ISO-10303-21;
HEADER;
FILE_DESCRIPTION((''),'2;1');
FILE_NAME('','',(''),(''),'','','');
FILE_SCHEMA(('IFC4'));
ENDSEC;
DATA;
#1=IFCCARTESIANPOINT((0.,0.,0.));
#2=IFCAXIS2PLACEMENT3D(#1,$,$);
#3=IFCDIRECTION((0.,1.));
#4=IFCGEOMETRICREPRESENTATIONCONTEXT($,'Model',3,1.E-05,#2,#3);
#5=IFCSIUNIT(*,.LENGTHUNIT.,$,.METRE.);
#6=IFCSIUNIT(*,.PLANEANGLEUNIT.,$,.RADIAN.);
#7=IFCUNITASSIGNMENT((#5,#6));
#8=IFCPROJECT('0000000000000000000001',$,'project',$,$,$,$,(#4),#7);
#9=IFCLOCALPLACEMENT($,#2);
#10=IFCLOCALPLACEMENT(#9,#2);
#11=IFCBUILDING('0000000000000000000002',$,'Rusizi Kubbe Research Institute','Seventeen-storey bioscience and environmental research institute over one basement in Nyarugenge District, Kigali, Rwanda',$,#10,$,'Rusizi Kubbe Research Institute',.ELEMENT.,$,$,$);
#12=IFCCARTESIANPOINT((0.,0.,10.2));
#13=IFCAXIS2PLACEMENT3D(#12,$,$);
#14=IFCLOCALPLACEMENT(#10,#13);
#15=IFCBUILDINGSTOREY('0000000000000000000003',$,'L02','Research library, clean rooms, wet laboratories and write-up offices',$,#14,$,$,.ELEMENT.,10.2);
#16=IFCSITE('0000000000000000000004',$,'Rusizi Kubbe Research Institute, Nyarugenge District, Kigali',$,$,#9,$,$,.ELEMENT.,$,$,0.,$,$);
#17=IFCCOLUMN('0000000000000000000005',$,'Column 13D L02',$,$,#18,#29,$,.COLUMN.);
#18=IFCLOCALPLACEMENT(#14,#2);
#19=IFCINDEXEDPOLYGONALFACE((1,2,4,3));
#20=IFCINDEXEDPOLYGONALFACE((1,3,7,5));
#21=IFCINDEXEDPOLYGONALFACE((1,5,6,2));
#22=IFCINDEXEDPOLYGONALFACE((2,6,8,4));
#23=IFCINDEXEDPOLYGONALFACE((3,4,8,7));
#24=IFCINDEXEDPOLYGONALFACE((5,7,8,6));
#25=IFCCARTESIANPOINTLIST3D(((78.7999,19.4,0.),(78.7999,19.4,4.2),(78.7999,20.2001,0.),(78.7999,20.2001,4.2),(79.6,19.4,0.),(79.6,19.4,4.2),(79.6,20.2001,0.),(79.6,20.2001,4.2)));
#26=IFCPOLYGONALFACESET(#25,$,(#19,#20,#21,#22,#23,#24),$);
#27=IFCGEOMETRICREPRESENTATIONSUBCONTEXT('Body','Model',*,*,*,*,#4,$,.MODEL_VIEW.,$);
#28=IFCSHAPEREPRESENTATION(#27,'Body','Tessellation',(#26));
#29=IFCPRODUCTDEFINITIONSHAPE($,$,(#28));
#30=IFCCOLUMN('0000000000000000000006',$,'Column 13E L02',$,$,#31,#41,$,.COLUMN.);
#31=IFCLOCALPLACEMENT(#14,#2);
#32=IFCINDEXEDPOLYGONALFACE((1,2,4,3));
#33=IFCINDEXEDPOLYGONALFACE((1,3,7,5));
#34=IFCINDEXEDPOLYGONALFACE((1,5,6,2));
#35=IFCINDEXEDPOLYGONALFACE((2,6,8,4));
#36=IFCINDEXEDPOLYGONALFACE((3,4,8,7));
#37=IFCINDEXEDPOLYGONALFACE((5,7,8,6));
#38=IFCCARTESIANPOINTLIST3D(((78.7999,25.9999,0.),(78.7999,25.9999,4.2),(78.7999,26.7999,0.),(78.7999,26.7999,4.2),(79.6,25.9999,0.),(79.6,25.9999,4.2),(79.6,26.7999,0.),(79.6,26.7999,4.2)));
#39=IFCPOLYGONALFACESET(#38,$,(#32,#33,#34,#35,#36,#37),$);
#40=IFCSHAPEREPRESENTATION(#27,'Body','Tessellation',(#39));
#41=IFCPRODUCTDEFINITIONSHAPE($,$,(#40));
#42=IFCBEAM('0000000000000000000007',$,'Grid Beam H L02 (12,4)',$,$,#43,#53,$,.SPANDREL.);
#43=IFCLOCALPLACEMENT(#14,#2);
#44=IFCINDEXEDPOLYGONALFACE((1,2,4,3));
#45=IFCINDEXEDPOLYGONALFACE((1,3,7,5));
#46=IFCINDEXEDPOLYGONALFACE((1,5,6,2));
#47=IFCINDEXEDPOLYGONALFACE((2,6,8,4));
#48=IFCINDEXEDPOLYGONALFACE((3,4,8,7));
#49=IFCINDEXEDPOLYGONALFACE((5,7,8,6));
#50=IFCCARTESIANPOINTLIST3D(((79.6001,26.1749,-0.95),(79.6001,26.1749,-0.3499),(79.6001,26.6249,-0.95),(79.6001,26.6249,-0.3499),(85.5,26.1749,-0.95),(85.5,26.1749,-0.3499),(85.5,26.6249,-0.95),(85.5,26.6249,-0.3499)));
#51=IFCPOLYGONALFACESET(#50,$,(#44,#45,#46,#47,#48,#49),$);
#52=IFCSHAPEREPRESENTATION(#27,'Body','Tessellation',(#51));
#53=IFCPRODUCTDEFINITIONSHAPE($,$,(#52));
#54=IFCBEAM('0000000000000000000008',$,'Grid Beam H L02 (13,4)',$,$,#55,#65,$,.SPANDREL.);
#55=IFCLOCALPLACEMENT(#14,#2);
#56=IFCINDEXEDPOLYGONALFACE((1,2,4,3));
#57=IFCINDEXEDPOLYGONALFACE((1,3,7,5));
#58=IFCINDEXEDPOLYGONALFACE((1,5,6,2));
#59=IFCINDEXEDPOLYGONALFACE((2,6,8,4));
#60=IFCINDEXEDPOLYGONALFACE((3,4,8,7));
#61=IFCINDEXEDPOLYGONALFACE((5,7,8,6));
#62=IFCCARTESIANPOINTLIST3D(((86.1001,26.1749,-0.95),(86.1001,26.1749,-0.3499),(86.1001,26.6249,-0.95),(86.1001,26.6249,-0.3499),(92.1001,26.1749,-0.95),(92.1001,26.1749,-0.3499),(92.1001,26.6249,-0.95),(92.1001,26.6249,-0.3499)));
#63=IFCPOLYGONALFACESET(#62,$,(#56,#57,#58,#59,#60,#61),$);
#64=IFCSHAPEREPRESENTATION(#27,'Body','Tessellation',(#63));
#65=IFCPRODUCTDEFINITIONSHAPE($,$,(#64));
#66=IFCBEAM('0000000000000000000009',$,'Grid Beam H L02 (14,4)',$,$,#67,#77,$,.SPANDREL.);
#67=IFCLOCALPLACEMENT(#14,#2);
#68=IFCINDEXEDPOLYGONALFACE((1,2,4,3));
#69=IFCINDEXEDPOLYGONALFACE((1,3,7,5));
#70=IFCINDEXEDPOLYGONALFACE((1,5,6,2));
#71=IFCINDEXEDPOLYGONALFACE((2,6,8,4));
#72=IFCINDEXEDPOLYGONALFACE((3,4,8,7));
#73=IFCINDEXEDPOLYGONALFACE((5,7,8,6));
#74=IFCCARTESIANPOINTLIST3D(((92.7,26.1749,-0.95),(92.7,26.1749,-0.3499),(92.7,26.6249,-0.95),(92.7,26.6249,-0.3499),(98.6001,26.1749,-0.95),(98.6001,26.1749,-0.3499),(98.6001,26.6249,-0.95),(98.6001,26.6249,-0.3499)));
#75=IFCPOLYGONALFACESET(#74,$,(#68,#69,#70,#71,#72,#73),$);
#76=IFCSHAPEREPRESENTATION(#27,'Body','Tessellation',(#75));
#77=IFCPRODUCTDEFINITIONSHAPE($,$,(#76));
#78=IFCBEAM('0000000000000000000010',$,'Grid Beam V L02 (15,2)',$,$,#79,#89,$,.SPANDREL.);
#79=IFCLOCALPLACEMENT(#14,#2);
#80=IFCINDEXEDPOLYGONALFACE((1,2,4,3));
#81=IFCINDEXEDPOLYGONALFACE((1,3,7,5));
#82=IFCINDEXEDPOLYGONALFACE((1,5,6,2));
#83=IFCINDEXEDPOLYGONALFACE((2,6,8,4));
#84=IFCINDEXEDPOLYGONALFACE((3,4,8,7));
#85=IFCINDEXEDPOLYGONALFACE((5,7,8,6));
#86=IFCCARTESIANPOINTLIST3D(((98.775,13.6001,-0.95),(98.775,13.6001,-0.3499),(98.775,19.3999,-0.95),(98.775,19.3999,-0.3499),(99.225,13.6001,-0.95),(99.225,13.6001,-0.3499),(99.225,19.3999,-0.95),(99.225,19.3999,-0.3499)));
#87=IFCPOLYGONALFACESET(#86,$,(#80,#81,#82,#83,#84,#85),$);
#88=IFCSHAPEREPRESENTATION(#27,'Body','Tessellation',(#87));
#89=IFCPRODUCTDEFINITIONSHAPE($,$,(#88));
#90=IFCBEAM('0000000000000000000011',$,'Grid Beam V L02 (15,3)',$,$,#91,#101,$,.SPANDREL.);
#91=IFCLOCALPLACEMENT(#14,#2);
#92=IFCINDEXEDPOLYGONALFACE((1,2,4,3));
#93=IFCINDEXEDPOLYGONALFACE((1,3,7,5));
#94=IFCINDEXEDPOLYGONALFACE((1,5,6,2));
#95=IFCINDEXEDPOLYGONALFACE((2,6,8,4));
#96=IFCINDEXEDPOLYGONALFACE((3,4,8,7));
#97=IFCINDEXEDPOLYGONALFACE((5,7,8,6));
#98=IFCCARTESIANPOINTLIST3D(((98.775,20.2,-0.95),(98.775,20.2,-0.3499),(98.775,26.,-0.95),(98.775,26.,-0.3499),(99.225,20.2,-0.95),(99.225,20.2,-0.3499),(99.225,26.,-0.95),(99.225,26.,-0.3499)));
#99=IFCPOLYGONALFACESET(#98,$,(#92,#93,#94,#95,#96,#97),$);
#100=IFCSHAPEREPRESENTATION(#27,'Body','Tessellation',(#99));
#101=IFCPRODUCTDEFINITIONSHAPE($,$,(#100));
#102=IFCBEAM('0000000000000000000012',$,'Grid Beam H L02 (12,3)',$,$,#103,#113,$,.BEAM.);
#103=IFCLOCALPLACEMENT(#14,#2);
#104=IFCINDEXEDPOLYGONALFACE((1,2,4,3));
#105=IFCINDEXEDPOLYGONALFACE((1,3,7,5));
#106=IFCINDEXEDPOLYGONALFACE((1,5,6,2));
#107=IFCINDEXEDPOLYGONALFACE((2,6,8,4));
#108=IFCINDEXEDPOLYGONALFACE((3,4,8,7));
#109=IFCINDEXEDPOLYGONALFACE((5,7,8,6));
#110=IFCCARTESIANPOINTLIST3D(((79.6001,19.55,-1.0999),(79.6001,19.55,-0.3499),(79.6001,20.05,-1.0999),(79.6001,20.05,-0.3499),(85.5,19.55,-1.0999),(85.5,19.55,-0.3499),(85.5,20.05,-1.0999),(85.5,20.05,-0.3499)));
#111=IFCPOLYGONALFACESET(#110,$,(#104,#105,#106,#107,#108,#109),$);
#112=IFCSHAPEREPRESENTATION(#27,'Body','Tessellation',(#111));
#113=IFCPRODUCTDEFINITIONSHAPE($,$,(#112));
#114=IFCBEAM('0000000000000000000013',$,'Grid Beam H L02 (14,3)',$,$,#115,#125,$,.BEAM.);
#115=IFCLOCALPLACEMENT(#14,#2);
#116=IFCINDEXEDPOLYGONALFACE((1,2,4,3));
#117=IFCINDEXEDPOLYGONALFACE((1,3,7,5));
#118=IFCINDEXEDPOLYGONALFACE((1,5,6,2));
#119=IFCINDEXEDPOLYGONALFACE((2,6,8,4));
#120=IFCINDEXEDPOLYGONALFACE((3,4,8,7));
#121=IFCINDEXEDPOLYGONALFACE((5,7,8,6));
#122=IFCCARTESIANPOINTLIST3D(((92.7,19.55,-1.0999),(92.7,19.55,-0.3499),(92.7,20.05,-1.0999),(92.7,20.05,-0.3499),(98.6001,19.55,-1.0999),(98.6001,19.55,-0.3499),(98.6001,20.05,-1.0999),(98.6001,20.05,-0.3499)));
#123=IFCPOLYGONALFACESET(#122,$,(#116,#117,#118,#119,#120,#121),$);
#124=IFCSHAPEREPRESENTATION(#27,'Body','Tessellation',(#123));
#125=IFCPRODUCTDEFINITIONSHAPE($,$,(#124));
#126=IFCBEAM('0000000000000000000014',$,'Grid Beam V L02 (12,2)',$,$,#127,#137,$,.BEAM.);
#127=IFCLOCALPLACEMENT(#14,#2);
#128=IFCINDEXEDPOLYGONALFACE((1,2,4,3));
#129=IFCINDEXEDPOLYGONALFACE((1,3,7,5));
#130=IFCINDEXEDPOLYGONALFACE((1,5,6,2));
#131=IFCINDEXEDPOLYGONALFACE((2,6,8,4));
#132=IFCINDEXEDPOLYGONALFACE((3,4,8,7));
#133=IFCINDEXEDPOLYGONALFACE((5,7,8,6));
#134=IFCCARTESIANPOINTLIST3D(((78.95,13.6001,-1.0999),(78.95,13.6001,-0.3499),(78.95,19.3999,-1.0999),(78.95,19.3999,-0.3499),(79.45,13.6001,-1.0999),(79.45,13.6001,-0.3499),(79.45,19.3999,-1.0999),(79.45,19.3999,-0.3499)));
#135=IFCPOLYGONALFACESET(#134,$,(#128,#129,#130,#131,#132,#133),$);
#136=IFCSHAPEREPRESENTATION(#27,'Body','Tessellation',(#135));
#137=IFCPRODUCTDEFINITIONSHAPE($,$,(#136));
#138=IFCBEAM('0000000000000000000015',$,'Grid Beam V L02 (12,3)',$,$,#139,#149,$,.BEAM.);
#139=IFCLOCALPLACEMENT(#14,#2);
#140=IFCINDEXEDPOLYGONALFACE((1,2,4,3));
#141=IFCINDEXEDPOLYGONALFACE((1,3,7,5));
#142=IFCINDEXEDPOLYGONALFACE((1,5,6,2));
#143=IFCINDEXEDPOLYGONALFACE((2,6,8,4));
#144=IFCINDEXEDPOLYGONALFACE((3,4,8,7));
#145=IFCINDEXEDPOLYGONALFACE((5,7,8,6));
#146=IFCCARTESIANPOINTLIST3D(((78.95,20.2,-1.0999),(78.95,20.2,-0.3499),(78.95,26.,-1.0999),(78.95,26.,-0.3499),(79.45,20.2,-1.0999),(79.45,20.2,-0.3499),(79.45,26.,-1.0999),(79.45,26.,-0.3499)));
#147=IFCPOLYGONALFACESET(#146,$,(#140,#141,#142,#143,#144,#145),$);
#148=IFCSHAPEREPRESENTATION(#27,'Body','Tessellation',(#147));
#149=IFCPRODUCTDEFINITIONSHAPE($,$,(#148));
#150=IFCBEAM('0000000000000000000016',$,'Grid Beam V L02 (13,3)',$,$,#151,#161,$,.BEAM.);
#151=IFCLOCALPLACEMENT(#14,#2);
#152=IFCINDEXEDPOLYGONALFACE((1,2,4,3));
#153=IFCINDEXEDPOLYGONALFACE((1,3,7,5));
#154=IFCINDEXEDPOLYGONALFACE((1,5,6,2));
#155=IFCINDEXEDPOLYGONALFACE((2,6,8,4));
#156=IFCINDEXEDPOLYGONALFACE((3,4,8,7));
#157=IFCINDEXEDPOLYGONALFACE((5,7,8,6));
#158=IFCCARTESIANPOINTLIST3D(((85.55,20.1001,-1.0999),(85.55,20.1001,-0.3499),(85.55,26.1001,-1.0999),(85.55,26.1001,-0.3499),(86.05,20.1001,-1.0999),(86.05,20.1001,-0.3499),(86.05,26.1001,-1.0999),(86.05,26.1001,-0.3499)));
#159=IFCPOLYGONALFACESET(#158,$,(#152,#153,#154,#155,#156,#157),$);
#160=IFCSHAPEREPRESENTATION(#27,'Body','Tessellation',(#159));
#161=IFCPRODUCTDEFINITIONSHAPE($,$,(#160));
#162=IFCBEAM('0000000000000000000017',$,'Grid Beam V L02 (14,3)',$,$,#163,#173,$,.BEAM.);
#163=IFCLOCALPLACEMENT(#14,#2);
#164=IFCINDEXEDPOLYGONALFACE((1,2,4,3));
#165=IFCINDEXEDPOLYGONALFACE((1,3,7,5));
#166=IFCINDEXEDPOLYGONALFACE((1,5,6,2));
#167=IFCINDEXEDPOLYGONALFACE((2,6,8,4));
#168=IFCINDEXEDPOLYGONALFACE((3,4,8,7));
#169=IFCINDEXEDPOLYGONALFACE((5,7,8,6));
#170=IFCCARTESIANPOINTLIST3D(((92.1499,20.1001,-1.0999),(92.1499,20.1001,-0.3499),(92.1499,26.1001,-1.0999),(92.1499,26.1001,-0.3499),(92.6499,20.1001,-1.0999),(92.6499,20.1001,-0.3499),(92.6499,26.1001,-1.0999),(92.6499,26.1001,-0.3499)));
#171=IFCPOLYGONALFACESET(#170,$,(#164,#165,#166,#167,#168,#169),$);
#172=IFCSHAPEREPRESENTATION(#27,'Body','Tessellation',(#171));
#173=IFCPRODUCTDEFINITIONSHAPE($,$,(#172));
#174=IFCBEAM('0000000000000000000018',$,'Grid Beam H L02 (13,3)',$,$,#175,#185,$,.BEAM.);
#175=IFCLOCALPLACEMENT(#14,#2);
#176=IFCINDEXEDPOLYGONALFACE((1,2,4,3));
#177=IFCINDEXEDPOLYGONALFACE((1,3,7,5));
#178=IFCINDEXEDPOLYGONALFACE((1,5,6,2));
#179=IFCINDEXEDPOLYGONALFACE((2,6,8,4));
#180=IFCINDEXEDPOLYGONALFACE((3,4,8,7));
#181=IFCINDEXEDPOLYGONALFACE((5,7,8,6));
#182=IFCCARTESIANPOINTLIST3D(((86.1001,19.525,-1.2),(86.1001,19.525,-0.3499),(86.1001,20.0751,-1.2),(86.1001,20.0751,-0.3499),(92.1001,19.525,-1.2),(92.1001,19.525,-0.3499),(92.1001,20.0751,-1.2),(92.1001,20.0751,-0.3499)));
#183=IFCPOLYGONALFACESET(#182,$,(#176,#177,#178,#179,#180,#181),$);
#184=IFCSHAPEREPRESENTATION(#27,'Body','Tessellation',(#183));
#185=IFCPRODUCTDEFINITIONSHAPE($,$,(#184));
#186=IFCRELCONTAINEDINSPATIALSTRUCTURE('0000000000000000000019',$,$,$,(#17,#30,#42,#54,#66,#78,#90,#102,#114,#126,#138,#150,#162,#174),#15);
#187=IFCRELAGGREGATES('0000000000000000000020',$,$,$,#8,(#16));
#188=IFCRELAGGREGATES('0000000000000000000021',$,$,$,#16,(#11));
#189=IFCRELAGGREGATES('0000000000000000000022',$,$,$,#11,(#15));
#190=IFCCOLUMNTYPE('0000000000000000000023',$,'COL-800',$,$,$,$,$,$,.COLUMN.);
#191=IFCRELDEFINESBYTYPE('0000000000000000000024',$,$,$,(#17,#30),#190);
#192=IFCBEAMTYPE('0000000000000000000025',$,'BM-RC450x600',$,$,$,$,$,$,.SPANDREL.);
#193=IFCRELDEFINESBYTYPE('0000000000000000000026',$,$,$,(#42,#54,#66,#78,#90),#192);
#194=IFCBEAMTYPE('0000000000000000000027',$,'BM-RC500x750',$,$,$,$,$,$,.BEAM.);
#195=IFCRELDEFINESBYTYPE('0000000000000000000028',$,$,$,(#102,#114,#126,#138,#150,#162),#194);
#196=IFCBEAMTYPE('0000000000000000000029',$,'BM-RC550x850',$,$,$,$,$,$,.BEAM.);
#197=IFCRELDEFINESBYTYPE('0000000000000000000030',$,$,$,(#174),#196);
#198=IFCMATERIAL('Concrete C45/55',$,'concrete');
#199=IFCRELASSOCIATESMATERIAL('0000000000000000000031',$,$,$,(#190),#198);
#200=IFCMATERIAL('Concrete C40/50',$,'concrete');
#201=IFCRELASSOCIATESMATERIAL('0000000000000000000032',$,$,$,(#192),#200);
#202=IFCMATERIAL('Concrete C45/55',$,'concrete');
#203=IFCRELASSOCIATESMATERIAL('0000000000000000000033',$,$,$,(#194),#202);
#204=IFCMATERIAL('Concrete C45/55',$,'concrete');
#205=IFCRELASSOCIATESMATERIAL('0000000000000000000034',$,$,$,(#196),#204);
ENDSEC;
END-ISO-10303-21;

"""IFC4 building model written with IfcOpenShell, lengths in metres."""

from ifc_helpers import new_model, si_unit, direction, frame, origin, origin_2d, place, context, subcontext, project, spatial, rectangle, extrude, material, material_profile, profile_set, type_object, element, save


model = new_model("IFC4")

# Units and contexts
model_context = context("Model", 3, precision=1e-05, world=origin(), true_north=direction((0.0, 1.0)))
body_context = subcontext(model_context, "Body", "Model", "MODEL_VIEW")
ifc_project = project(units=[si_unit("LENGTHUNIT", "METRE"), si_unit("PLANEANGLEUNIT", "RADIAN")], contexts=[model_context])

# Site, building, storey
site_placement = place(None, origin())
site = spatial("IfcSite", under=ifc_project, at=site_placement, Name="Rusizi Kubbe Research Institute, Nyarugenge District, Kigali", CompositionType="ELEMENT", RefElevation=0.0)
building_placement = place(site_placement, origin())
building = spatial("IfcBuilding", under=site, at=building_placement, Name="Rusizi Kubbe Research Institute", Description="Seventeen-storey bioscience and environmental research institute over one basement in Nyarugenge District, Kigali, Rwanda", LongName="Rusizi Kubbe Research Institute", CompositionType="ELEMENT")
storey_placement = place(building_placement, frame((0.0, 0.0, 10.2)))
storey = spatial("IfcBuildingStorey", under=building, at=storey_placement, Name="L02", Description="Research library, clean rooms, wet laboratories and write-up offices", CompositionType="ELEMENT", Elevation=10.2)

# Columns
ifc_material_1 = material(Name="Concrete C45/55", Category="concrete")
ifc_material_profile_1 = material_profile(ifc_material_1, rectangle(XDim=0.8, YDim=0.8, at=origin_2d()), Name="RC800x800")
ifc_profile_set_1 = profile_set([ifc_material_profile_1], Name="Concrete C45/55")
column_type = type_object("IfcColumnType", Name="COL-800", PredefinedType="COLUMN", material=ifc_profile_set_1)
for number, where, z_axis, x_axis, name in (
    (1, (79.2, 19.8, 0.0), (0.0, 0.0, 1.0), (1.0, 0.0, 0.0), "Column 13D L02"),
    (2, (79.2, 26.3999, 0.0), (0.0, 0.0, 1.0), (1.0, 0.0, 0.0), "Column 13E L02"),
):
    element("IfcColumn", number, at=place(storey_placement, frame(where, z_axis=z_axis, x_axis=x_axis)), inside=storey, type_object=column_type, Name=name, PredefinedType="COLUMN", context=body_context, shape_type="SweptSolid", body=[
        extrude(rectangle(XDim=0.8, YDim=0.8, at=origin_2d()), origin(), (0.0, 0.0, 1.0), 4.2),
    ])

# Beams
ifc_material_2 = material(Name="Concrete C40/50", Category="concrete")
ifc_material_profile_2 = material_profile(ifc_material_2, rectangle(XDim=0.45, YDim=0.6001, at=origin_2d()), Name="RC450x600")
ifc_profile_set_2 = profile_set([ifc_material_profile_2], Name="Concrete C40/50")
beam_type_1 = type_object("IfcBeamType", Name="BM-RC450x600", PredefinedType="SPANDREL", material=ifc_profile_set_2)
beam_1_placement = place(storey_placement, frame((79.6001, 26.3999, -0.6499), z_axis=(1.0, 0.0, 0.0), x_axis=(0.0, 1.0, 0.0)))
element("IfcBeam", 3, at=beam_1_placement, inside=storey, type_object=beam_type_1, Name="Grid Beam H L02 (12,4)", PredefinedType="SPANDREL", context=body_context, shape_type="SweptSolid", body=[
    extrude(rectangle(XDim=0.45, YDim=0.6001, at=origin_2d()), origin(), (0.0, 0.0, 1.0), 5.8999),
])
beam_2_placement = place(storey_placement, frame((86.1001, 26.3999, -0.6499), z_axis=(1.0, 0.0, 0.0), x_axis=(0.0, 1.0, 0.0)))
element("IfcBeam", 4, at=beam_2_placement, inside=storey, type_object=beam_type_1, Name="Grid Beam H L02 (13,4)", PredefinedType="SPANDREL", context=body_context, shape_type="SweptSolid", body=[
    extrude(rectangle(XDim=0.45, YDim=0.6001, at=origin_2d()), origin(), (0.0, 0.0, 1.0), 6.0),
])
beam_3_placement = place(storey_placement, frame((92.7, 26.3999, -0.6499), z_axis=(1.0, 0.0, 0.0), x_axis=(0.0, 1.0, 0.0)))
element("IfcBeam", 5, at=beam_3_placement, inside=storey, type_object=beam_type_1, Name="Grid Beam H L02 (14,4)", PredefinedType="SPANDREL", context=body_context, shape_type="SweptSolid", body=[
    extrude(rectangle(XDim=0.45, YDim=0.6001, at=origin_2d()), origin(), (0.0, 0.0, 1.0), 5.9001),
])
beam_4_placement = place(storey_placement, frame((99.0, 13.6001, -0.6499), z_axis=(0.0, 1.0, 0.0), x_axis=(-1.0, 0.0, 0.0)))
element("IfcBeam", 6, at=beam_4_placement, inside=storey, type_object=beam_type_1, Name="Grid Beam V L02 (15,2)", PredefinedType="SPANDREL", context=body_context, shape_type="SweptSolid", body=[
    extrude(rectangle(XDim=0.45, YDim=0.6001, at=origin_2d()), origin(), (0.0, 0.0, 1.0), 5.7998),
])
beam_5_placement = place(storey_placement, frame((99.0, 20.2, -0.6499), z_axis=(0.0, 1.0, 0.0), x_axis=(-1.0, 0.0, 0.0)))
element("IfcBeam", 7, at=beam_5_placement, inside=storey, type_object=beam_type_1, Name="Grid Beam V L02 (15,3)", PredefinedType="SPANDREL", context=body_context, shape_type="SweptSolid", body=[
    extrude(rectangle(XDim=0.45, YDim=0.6001, at=origin_2d()), origin(), (0.0, 0.0, 1.0), 5.8),
])
ifc_material_3 = material(Name="Concrete C45/55", Category="concrete")
ifc_material_profile_3 = material_profile(ifc_material_3, rectangle(XDim=0.5, YDim=0.75, at=origin_2d()), Name="RC500x750B")
ifc_profile_set_3 = profile_set([ifc_material_profile_3], Name="Concrete C45/55")
beam_type_2 = type_object("IfcBeamType", Name="BM-RC500x750", PredefinedType="BEAM", material=ifc_profile_set_3)
beam_6_placement = place(storey_placement, frame((79.6001, 19.8, -0.7249), z_axis=(1.0, 0.0, 0.0), x_axis=(0.0, 1.0, 0.0)))
element("IfcBeam", 8, at=beam_6_placement, inside=storey, type_object=beam_type_2, Name="Grid Beam H L02 (12,3)", PredefinedType="BEAM", context=body_context, shape_type="SweptSolid", body=[
    extrude(rectangle(XDim=0.5, YDim=0.75, at=origin_2d()), origin(), (0.0, 0.0, 1.0), 5.8999),
])
beam_7_placement = place(storey_placement, frame((92.7, 19.8, -0.7249), z_axis=(1.0, 0.0, 0.0), x_axis=(0.0, 1.0, 0.0)))
element("IfcBeam", 9, at=beam_7_placement, inside=storey, type_object=beam_type_2, Name="Grid Beam H L02 (14,3)", PredefinedType="BEAM", context=body_context, shape_type="SweptSolid", body=[
    extrude(rectangle(XDim=0.5, YDim=0.75, at=origin_2d()), origin(), (0.0, 0.0, 1.0), 5.9001),
])
beam_8_placement = place(storey_placement, frame((79.2, 13.6001, -0.7249), z_axis=(0.0, 1.0, 0.0), x_axis=(-1.0, 0.0, 0.0)))
element("IfcBeam", 10, at=beam_8_placement, inside=storey, type_object=beam_type_2, Name="Grid Beam V L02 (12,2)", PredefinedType="BEAM", context=body_context, shape_type="SweptSolid", body=[
    extrude(rectangle(XDim=0.5, YDim=0.75, at=origin_2d()), origin(), (0.0, 0.0, 1.0), 5.7998),
])
beam_9_placement = place(storey_placement, frame((79.2, 20.2, -0.7249), z_axis=(0.0, 1.0, 0.0), x_axis=(-1.0, 0.0, 0.0)))
element("IfcBeam", 11, at=beam_9_placement, inside=storey, type_object=beam_type_2, Name="Grid Beam V L02 (12,3)", PredefinedType="BEAM", context=body_context, shape_type="SweptSolid", body=[
    extrude(rectangle(XDim=0.5, YDim=0.75, at=origin_2d()), origin(), (0.0, 0.0, 1.0), 5.8),
])
for number, where, z_axis, x_axis, name in (
    (12, (85.8, 20.1001, -0.7249), (0.0, 1.0, 0.0), (-1.0, 0.0, 0.0), "Grid Beam V L02 (13,3)"),
    (13, (92.3999, 20.1001, -0.7249), (0.0, 1.0, 0.0), (-1.0, 0.0, 0.0), "Grid Beam V L02 (14,3)"),
):
    element("IfcBeam", number, at=place(storey_placement, frame(where, z_axis=z_axis, x_axis=x_axis)), inside=storey, type_object=beam_type_2, Name=name, PredefinedType="BEAM", context=body_context, shape_type="SweptSolid", body=[
        extrude(rectangle(XDim=0.5, YDim=0.75, at=origin_2d()), origin(), (0.0, 0.0, 1.0), 6.0),
    ])
ifc_material_4 = material(Name="Concrete C45/55", Category="concrete")
ifc_material_profile_4 = material_profile(ifc_material_4, rectangle(XDim=0.55, YDim=0.8501, at=origin_2d()), Name="RC550x850")
ifc_profile_set_4 = profile_set([ifc_material_profile_4], Name="Concrete C45/55")
beam_type_3 = type_object("IfcBeamType", Name="BM-RC550x850", PredefinedType="BEAM", material=ifc_profile_set_4)
beam_10_placement = place(storey_placement, frame((86.1001, 19.8, -0.7749), z_axis=(1.0, 0.0, 0.0), x_axis=(0.0, 1.0, 0.0)))
element("IfcBeam", 14, at=beam_10_placement, inside=storey, type_object=beam_type_3, Name="Grid Beam H L02 (13,3)", PredefinedType="BEAM", context=body_context, shape_type="SweptSolid", body=[
    extrude(rectangle(XDim=0.55, YDim=0.8501, at=origin_2d()), origin(), (0.0, 0.0, 1.0), 6.0),
])

save(model, "model.ifc")
